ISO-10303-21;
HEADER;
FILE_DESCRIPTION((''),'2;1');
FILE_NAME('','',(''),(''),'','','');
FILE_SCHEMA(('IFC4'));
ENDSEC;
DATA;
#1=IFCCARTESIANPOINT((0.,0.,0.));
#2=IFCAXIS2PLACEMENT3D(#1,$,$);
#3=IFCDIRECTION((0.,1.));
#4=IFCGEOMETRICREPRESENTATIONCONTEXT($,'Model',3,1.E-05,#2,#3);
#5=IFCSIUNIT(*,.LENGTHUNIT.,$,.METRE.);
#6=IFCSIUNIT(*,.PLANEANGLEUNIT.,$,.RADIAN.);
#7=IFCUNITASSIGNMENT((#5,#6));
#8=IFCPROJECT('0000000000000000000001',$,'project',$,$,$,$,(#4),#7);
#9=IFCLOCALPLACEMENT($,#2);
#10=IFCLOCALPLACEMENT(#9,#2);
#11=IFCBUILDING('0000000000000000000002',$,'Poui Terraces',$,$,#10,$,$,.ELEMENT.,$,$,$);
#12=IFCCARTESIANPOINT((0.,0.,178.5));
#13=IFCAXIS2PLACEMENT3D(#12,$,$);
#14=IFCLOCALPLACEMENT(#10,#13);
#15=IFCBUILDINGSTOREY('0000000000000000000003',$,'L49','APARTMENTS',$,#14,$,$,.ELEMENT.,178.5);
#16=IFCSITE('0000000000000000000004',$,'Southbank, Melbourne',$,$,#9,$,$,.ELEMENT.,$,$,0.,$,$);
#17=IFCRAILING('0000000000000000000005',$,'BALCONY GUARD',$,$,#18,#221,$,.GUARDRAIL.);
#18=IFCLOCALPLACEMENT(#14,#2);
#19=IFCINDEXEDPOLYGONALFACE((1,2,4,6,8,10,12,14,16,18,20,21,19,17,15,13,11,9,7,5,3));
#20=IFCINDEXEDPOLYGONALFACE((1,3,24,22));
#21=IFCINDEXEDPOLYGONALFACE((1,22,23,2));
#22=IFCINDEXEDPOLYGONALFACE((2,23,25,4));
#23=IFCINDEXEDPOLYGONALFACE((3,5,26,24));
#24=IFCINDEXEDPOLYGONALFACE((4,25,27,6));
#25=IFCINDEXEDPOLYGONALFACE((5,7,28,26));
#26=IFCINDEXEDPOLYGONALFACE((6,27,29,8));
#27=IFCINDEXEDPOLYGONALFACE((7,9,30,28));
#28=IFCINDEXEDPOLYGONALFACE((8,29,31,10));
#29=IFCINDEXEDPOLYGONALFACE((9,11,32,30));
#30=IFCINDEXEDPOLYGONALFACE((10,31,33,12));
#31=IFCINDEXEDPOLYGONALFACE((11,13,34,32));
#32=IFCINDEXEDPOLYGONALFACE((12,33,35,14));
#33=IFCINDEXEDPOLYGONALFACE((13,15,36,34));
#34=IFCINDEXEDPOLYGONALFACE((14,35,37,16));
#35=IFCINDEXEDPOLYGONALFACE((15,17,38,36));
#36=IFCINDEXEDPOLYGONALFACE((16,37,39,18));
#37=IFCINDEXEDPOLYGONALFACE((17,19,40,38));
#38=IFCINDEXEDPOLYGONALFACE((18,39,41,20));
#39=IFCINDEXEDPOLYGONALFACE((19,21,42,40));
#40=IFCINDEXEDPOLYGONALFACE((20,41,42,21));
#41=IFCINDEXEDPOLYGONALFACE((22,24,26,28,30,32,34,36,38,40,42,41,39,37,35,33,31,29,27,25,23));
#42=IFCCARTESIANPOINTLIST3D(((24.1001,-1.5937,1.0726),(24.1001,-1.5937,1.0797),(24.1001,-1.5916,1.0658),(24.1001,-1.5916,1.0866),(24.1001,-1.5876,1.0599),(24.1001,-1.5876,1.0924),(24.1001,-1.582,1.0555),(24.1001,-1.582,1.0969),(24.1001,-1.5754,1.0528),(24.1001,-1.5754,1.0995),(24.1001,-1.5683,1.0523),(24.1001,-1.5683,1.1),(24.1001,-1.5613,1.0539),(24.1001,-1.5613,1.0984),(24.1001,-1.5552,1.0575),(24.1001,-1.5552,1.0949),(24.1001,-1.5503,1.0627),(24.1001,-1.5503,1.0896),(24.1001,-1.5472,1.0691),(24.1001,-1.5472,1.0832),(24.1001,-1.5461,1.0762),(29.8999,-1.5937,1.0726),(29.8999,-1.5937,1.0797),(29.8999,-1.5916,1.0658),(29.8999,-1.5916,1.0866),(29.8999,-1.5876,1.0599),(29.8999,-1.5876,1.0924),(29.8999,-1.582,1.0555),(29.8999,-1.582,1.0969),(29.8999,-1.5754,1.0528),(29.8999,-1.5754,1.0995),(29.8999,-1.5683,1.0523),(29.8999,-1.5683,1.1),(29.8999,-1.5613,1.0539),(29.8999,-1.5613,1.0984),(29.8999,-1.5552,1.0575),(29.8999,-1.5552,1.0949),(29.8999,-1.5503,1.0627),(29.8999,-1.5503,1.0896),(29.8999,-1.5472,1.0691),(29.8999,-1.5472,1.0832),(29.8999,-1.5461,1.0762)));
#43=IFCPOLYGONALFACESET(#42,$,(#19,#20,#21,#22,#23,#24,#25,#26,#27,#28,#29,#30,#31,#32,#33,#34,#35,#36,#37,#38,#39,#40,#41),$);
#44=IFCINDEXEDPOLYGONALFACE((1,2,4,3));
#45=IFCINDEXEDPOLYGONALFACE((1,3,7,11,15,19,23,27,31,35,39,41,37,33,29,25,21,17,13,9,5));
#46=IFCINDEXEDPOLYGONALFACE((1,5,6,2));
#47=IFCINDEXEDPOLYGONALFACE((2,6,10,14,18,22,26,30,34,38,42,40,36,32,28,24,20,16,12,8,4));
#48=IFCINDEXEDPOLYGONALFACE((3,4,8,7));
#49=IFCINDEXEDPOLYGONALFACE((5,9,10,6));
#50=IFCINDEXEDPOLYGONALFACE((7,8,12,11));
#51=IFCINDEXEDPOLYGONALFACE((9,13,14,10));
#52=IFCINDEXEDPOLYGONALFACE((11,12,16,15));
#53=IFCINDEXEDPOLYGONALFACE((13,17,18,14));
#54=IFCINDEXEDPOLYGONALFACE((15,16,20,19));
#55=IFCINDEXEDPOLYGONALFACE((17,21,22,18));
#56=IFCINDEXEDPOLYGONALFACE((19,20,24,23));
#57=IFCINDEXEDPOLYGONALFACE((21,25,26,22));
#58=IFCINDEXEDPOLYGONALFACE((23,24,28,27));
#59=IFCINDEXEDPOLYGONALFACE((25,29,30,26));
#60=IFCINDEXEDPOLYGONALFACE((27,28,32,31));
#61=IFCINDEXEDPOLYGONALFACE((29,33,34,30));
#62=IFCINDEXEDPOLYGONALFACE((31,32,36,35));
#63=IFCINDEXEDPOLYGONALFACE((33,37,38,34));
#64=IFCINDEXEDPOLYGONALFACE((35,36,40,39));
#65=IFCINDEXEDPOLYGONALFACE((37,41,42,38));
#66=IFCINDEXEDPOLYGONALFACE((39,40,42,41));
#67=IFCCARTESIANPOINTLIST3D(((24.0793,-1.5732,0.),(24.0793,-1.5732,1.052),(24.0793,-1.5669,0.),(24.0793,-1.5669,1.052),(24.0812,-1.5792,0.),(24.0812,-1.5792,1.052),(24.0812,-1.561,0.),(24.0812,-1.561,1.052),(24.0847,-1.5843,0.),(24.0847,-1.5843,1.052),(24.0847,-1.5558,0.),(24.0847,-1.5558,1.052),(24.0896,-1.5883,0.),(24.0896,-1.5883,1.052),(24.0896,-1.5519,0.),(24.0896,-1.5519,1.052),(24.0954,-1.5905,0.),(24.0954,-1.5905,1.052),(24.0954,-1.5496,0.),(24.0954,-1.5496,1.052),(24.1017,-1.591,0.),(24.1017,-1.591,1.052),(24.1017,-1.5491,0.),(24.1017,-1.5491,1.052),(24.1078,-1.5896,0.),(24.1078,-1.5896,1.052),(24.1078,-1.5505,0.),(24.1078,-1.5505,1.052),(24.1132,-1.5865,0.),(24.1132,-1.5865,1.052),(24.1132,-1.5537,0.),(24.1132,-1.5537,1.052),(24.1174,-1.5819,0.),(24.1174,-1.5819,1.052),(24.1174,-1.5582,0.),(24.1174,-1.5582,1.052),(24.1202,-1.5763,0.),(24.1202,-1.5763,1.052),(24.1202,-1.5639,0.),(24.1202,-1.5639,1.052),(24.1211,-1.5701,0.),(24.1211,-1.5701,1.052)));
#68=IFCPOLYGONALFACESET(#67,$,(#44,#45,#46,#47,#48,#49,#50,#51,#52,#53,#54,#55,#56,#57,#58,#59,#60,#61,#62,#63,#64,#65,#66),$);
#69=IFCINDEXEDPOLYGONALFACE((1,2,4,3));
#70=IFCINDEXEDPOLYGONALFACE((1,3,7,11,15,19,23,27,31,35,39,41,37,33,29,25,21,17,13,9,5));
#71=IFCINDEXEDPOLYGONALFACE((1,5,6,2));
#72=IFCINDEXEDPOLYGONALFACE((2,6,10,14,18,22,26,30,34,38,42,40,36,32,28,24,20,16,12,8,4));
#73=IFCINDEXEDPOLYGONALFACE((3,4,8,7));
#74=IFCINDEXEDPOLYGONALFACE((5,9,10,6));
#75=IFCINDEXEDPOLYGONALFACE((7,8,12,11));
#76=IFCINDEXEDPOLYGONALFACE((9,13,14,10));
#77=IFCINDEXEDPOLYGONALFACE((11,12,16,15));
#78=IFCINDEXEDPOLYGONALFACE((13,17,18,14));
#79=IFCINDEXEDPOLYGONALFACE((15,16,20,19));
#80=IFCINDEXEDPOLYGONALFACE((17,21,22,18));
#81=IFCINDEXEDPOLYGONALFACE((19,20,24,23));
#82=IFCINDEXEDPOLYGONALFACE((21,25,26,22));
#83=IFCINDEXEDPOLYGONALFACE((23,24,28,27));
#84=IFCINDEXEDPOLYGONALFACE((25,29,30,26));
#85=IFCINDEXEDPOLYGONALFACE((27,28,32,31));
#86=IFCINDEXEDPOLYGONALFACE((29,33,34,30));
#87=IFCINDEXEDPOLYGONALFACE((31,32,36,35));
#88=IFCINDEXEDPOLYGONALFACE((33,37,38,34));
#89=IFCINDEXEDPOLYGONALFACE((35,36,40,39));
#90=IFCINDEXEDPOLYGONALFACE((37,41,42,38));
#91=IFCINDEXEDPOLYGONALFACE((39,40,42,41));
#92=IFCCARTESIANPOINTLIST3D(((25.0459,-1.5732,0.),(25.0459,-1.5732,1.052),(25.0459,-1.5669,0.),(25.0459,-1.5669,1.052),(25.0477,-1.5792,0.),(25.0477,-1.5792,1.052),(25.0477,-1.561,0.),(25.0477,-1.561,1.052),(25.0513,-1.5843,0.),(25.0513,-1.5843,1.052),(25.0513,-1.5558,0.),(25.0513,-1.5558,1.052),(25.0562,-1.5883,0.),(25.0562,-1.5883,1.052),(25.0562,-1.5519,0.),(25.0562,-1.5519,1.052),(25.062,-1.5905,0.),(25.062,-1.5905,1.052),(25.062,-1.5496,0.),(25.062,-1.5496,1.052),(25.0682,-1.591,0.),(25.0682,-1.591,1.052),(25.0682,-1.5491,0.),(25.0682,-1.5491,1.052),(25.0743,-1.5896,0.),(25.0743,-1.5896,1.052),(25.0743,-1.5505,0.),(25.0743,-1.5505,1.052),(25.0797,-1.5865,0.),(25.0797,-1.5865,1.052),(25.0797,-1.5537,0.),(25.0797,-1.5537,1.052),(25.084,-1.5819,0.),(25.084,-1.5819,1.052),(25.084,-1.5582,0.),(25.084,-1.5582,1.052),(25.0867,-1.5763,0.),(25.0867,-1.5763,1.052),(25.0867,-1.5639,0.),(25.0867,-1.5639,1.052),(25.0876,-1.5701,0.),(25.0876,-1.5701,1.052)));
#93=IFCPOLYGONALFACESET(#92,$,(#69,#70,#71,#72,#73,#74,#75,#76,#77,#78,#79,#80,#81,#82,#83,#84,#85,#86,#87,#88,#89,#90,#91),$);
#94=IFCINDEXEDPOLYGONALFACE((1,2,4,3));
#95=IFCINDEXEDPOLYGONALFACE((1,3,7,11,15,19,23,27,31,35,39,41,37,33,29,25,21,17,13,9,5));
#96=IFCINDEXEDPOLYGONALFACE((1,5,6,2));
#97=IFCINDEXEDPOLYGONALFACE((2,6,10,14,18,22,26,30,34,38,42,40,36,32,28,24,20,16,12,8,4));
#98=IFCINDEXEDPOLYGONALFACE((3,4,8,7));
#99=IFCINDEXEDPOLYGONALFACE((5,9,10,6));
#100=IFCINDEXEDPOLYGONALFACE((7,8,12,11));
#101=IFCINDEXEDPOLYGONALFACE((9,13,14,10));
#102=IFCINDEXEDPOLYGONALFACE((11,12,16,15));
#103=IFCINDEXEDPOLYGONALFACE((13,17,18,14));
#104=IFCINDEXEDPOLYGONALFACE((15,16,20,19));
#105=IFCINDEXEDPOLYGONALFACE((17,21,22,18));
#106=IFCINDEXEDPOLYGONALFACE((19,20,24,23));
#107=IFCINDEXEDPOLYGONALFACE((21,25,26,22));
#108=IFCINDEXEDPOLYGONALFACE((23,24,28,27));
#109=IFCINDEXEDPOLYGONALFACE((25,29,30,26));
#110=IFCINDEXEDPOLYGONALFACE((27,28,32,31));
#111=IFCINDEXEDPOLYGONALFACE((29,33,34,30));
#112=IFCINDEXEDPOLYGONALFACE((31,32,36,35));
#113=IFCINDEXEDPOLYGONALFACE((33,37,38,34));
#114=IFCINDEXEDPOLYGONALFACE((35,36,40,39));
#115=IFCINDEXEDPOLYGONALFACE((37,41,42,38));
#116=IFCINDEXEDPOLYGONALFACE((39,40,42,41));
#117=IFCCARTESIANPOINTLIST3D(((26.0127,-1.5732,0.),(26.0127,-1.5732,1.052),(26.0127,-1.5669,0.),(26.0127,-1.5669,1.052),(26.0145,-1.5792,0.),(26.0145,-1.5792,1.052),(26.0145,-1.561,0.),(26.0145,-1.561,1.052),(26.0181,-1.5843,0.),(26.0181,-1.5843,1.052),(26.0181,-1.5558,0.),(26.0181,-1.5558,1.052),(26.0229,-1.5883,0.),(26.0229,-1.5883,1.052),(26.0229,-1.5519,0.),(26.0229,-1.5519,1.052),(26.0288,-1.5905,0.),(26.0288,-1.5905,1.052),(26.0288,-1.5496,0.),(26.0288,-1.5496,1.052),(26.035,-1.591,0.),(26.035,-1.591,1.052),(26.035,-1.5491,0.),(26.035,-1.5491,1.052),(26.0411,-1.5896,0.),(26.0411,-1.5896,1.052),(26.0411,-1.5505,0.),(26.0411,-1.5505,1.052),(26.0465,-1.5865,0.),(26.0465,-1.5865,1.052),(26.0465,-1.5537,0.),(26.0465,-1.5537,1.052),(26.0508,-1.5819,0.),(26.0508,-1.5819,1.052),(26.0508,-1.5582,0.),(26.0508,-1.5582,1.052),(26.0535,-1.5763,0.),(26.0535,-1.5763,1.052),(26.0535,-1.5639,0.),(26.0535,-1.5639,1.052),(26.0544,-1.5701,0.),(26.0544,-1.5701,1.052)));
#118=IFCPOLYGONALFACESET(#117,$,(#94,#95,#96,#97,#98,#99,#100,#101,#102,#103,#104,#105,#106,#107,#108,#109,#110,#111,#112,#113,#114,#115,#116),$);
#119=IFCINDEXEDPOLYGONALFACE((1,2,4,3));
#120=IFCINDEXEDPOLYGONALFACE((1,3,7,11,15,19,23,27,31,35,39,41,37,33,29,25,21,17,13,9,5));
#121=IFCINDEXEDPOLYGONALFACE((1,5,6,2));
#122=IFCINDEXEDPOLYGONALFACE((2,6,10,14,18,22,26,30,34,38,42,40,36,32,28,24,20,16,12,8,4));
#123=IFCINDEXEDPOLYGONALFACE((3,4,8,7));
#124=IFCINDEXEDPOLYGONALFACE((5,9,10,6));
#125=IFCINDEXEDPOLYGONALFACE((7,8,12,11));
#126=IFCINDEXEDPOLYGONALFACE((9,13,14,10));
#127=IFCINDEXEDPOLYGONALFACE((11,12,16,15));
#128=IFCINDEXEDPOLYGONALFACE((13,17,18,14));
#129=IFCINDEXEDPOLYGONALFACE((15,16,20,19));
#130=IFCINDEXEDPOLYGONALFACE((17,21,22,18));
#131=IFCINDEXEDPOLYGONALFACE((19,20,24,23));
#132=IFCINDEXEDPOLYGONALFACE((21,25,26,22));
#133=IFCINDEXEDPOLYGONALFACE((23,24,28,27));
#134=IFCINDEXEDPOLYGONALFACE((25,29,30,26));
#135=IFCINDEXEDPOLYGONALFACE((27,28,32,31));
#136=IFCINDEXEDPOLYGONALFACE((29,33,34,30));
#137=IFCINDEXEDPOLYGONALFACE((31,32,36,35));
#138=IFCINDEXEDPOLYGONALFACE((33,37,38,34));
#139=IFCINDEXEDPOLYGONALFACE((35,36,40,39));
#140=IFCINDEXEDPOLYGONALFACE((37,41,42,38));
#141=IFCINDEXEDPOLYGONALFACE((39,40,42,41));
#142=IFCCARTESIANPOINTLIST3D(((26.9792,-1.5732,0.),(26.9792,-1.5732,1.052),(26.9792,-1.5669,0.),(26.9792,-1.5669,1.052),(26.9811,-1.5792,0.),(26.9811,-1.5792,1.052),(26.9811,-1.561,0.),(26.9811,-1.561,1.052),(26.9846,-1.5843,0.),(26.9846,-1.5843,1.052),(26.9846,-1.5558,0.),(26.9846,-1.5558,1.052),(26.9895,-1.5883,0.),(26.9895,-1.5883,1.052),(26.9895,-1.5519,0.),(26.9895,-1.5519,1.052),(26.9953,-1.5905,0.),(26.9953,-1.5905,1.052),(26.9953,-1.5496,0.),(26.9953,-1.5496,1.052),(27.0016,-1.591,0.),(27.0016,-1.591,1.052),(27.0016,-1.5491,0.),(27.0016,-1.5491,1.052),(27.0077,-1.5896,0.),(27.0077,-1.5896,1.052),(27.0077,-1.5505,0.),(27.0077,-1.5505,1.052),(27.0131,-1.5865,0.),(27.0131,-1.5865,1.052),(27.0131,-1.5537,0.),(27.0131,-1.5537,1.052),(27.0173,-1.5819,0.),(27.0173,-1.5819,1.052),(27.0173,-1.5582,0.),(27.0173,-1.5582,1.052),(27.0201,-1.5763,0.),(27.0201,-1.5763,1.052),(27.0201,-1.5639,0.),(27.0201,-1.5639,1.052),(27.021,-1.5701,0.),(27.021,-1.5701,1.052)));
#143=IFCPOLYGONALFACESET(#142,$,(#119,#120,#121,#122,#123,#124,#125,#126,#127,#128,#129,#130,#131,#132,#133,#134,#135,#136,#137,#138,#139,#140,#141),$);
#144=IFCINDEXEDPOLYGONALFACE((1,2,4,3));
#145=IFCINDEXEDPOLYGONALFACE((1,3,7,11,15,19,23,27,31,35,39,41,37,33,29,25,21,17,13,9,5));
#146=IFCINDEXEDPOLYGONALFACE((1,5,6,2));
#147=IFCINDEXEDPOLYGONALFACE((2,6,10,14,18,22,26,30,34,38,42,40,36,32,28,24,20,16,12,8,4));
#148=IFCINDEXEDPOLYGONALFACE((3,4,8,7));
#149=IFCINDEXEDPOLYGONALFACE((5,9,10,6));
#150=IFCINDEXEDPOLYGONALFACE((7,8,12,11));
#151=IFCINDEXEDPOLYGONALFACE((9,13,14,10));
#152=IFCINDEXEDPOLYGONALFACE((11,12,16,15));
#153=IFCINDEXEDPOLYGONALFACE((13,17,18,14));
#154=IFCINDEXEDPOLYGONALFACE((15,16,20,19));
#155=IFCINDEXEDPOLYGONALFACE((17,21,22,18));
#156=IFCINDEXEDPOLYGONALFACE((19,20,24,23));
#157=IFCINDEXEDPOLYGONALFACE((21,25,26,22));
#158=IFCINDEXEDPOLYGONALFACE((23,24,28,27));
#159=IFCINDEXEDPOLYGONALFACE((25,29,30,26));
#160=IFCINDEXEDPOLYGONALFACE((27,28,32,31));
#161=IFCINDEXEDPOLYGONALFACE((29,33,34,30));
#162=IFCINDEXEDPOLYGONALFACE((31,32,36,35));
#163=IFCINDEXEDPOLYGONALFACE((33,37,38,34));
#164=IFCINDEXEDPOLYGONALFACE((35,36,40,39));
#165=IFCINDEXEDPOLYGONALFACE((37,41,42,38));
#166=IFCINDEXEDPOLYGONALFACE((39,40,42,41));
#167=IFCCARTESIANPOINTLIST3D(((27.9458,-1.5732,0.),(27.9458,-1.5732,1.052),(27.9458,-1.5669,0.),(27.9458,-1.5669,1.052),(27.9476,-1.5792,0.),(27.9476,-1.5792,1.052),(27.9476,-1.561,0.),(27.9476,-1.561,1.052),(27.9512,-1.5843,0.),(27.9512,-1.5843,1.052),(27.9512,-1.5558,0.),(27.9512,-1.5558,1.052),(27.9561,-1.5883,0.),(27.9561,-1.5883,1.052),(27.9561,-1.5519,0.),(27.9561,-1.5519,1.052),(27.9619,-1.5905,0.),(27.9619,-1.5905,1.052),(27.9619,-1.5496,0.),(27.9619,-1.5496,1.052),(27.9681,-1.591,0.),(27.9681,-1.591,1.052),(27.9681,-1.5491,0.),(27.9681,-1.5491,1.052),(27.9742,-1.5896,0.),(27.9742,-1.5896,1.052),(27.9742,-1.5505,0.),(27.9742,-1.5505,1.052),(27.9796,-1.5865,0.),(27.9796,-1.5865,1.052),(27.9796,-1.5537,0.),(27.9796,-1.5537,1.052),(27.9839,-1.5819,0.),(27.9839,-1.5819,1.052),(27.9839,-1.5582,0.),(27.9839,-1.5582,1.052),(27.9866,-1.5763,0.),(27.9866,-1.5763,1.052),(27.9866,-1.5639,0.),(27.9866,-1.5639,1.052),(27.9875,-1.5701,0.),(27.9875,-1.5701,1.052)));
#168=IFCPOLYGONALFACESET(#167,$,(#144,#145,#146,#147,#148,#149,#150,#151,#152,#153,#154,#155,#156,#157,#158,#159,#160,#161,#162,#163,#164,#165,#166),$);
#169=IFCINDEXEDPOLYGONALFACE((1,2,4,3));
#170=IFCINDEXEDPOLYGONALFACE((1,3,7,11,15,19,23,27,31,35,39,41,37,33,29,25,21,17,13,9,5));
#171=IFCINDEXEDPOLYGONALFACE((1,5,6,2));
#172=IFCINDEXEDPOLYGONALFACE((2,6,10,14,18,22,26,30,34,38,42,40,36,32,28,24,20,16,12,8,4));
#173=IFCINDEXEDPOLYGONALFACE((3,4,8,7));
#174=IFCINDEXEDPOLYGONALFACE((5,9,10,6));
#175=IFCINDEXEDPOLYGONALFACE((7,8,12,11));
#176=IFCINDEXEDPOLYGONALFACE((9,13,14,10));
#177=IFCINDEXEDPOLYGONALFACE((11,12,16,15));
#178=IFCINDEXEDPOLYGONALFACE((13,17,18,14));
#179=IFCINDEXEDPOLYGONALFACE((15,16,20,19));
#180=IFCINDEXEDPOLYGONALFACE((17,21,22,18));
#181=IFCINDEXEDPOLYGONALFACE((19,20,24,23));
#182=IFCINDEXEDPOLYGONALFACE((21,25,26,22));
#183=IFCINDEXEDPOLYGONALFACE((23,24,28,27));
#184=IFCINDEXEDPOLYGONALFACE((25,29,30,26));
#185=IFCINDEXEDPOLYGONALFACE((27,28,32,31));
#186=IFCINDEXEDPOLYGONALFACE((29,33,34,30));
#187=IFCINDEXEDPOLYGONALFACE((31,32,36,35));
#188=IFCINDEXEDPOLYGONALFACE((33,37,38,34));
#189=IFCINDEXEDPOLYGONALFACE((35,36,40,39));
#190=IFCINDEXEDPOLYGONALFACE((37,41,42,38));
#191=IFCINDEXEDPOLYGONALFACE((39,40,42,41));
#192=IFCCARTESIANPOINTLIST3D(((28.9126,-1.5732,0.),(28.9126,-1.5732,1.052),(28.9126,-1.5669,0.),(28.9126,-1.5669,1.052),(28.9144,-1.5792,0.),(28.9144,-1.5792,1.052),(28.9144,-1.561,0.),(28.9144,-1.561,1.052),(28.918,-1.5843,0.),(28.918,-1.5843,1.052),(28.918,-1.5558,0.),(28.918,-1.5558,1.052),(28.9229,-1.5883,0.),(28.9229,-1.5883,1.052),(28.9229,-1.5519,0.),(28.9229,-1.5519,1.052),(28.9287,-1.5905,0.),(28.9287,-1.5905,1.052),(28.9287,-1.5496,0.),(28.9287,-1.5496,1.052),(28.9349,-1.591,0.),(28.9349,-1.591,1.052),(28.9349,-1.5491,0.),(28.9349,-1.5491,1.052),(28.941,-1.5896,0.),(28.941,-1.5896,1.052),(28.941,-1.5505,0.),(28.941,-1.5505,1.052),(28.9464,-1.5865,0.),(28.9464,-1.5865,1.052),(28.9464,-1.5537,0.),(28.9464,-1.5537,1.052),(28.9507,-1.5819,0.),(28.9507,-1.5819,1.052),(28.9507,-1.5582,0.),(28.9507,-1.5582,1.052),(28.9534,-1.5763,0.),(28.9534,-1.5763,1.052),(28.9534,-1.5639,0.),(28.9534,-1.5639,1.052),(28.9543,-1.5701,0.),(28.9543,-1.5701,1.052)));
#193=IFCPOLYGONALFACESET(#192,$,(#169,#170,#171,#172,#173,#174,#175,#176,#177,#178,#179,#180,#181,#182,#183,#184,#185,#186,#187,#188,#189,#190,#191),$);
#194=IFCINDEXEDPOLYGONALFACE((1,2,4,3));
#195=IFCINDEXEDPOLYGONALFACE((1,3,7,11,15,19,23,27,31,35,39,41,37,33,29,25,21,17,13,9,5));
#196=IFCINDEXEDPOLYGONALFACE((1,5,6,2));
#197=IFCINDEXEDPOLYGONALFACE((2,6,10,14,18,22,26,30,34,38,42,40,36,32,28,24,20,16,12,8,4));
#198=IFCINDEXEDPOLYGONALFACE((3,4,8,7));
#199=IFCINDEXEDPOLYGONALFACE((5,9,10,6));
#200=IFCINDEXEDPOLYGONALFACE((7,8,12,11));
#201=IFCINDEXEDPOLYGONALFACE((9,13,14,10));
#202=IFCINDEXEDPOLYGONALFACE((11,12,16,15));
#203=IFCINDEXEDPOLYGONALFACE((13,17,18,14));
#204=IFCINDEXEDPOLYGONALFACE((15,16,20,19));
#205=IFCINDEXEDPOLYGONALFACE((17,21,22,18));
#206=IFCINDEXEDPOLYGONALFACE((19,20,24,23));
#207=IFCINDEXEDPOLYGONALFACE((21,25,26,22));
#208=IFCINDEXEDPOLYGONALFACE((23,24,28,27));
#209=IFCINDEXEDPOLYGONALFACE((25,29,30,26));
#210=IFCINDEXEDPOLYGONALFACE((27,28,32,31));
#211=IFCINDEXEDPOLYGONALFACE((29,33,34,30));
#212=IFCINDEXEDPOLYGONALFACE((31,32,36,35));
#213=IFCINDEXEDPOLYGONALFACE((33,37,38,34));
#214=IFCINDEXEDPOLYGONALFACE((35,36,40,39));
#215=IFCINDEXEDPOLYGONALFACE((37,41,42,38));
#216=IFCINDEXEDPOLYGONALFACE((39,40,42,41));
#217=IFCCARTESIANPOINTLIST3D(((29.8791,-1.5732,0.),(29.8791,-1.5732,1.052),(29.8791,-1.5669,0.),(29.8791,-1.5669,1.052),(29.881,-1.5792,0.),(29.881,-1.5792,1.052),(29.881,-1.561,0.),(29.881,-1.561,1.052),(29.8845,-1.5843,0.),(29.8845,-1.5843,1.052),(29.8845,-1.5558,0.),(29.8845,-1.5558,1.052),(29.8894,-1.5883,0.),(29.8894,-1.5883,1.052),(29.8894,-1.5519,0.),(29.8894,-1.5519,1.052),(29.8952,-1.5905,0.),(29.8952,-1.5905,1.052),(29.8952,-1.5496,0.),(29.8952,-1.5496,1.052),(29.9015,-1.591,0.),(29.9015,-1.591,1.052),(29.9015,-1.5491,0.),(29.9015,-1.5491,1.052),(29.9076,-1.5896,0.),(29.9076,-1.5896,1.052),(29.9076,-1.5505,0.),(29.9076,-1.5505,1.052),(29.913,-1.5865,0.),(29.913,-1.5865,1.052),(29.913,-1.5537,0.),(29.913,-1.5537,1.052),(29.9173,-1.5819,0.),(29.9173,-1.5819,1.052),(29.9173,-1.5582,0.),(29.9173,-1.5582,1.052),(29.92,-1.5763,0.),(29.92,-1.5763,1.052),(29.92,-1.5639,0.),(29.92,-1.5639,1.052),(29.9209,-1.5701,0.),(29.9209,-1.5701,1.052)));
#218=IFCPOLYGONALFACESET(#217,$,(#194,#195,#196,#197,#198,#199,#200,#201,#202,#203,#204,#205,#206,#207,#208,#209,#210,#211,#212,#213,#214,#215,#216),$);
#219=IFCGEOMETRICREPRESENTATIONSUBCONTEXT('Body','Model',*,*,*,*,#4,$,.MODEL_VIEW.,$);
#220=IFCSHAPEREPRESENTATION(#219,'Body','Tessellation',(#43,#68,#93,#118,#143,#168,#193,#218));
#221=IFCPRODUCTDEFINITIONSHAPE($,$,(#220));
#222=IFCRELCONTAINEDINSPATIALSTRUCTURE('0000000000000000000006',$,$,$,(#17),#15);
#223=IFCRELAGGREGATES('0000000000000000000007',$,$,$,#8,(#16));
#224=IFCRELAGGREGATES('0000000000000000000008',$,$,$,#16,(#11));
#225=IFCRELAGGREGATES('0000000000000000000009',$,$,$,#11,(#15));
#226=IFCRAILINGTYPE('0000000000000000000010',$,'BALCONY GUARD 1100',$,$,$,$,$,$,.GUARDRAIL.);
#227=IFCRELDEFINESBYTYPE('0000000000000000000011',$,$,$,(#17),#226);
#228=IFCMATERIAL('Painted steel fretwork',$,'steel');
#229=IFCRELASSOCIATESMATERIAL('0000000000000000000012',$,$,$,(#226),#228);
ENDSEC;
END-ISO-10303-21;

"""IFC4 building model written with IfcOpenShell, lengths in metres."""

from ifc_helpers import new_model, si_unit, direction, frame, origin, origin_2d, place, context, subcontext, project, spatial, circle, extrude, material, type_object, element, save


model = new_model("IFC4")

# Units and contexts
model_context = context("Model", 3, precision=1e-05, world=origin(), true_north=direction((0.0, 1.0)))
body_context = subcontext(model_context, "Body", "Model", "MODEL_VIEW")
ifc_project = project(units=[si_unit("LENGTHUNIT", "METRE"), si_unit("PLANEANGLEUNIT", "RADIAN")], contexts=[model_context])

# Site, building, storey
site_placement = place(None, origin())
site = spatial("IfcSite", under=ifc_project, at=site_placement, Name="Southbank, Melbourne", CompositionType="ELEMENT", RefElevation=0.0)
building_placement = place(site_placement, origin())
building = spatial("IfcBuilding", under=site, at=building_placement, Name="Poui Terraces", CompositionType="ELEMENT")
storey_placement = place(building_placement, frame((0.0, 0.0, 178.5)))
storey = spatial("IfcBuildingStorey", under=building, at=storey_placement, Name="L49", Description="APARTMENTS", CompositionType="ELEMENT", Elevation=178.5)

# Railing
ifc_material_1 = material(Name="Painted steel fretwork", Category="steel")
railing_type = type_object("IfcRailingType", Name="BALCONY GUARD 1100", PredefinedType="GUARDRAIL", material=ifc_material_1)
railing_placement = place(storey_placement, frame((24.1001, -1.5701, 0.0)))
element("IfcRailing", 1, at=railing_placement, inside=storey, type_object=railing_type, Name="BALCONY GUARD", PredefinedType="GUARDRAIL", context=body_context, shape_type="SweptSolid", body=[
    extrude(circle(Radius=0.0239, at=origin_2d()), frame((0.0, 0.0, 1.0762), z_axis=(1.0, 0.0, 0.0), x_axis=(0.0, 1.0, 0.0)), (0.0, 0.0, 1.0), 5.7998),
    extrude(circle(Radius=0.021, at=origin_2d()), origin(), (0.0, 0.0, 1.0), 1.052),
    extrude(circle(Radius=0.021, at=origin_2d()), frame((0.9666, 0.0, 0.0)), (0.0, 0.0, 1.0), 1.052),
    extrude(circle(Radius=0.021, at=origin_2d()), frame((1.9333, 0.0, 0.0)), (0.0, 0.0, 1.0), 1.052),
    extrude(circle(Radius=0.021, at=origin_2d()), frame((2.8999, 0.0, 0.0)), (0.0, 0.0, 1.0), 1.052),
    extrude(circle(Radius=0.021, at=origin_2d()), frame((3.8665, 0.0, 0.0)), (0.0, 0.0, 1.0), 1.052),
    extrude(circle(Radius=0.021, at=origin_2d()), frame((4.8333, 0.0, 0.0)), (0.0, 0.0, 1.0), 1.052),
    extrude(circle(Radius=0.021, at=origin_2d()), frame((5.7998, 0.0, 0.0)), (0.0, 0.0, 1.0), 1.052),
])

save(model, "model.ifc")
